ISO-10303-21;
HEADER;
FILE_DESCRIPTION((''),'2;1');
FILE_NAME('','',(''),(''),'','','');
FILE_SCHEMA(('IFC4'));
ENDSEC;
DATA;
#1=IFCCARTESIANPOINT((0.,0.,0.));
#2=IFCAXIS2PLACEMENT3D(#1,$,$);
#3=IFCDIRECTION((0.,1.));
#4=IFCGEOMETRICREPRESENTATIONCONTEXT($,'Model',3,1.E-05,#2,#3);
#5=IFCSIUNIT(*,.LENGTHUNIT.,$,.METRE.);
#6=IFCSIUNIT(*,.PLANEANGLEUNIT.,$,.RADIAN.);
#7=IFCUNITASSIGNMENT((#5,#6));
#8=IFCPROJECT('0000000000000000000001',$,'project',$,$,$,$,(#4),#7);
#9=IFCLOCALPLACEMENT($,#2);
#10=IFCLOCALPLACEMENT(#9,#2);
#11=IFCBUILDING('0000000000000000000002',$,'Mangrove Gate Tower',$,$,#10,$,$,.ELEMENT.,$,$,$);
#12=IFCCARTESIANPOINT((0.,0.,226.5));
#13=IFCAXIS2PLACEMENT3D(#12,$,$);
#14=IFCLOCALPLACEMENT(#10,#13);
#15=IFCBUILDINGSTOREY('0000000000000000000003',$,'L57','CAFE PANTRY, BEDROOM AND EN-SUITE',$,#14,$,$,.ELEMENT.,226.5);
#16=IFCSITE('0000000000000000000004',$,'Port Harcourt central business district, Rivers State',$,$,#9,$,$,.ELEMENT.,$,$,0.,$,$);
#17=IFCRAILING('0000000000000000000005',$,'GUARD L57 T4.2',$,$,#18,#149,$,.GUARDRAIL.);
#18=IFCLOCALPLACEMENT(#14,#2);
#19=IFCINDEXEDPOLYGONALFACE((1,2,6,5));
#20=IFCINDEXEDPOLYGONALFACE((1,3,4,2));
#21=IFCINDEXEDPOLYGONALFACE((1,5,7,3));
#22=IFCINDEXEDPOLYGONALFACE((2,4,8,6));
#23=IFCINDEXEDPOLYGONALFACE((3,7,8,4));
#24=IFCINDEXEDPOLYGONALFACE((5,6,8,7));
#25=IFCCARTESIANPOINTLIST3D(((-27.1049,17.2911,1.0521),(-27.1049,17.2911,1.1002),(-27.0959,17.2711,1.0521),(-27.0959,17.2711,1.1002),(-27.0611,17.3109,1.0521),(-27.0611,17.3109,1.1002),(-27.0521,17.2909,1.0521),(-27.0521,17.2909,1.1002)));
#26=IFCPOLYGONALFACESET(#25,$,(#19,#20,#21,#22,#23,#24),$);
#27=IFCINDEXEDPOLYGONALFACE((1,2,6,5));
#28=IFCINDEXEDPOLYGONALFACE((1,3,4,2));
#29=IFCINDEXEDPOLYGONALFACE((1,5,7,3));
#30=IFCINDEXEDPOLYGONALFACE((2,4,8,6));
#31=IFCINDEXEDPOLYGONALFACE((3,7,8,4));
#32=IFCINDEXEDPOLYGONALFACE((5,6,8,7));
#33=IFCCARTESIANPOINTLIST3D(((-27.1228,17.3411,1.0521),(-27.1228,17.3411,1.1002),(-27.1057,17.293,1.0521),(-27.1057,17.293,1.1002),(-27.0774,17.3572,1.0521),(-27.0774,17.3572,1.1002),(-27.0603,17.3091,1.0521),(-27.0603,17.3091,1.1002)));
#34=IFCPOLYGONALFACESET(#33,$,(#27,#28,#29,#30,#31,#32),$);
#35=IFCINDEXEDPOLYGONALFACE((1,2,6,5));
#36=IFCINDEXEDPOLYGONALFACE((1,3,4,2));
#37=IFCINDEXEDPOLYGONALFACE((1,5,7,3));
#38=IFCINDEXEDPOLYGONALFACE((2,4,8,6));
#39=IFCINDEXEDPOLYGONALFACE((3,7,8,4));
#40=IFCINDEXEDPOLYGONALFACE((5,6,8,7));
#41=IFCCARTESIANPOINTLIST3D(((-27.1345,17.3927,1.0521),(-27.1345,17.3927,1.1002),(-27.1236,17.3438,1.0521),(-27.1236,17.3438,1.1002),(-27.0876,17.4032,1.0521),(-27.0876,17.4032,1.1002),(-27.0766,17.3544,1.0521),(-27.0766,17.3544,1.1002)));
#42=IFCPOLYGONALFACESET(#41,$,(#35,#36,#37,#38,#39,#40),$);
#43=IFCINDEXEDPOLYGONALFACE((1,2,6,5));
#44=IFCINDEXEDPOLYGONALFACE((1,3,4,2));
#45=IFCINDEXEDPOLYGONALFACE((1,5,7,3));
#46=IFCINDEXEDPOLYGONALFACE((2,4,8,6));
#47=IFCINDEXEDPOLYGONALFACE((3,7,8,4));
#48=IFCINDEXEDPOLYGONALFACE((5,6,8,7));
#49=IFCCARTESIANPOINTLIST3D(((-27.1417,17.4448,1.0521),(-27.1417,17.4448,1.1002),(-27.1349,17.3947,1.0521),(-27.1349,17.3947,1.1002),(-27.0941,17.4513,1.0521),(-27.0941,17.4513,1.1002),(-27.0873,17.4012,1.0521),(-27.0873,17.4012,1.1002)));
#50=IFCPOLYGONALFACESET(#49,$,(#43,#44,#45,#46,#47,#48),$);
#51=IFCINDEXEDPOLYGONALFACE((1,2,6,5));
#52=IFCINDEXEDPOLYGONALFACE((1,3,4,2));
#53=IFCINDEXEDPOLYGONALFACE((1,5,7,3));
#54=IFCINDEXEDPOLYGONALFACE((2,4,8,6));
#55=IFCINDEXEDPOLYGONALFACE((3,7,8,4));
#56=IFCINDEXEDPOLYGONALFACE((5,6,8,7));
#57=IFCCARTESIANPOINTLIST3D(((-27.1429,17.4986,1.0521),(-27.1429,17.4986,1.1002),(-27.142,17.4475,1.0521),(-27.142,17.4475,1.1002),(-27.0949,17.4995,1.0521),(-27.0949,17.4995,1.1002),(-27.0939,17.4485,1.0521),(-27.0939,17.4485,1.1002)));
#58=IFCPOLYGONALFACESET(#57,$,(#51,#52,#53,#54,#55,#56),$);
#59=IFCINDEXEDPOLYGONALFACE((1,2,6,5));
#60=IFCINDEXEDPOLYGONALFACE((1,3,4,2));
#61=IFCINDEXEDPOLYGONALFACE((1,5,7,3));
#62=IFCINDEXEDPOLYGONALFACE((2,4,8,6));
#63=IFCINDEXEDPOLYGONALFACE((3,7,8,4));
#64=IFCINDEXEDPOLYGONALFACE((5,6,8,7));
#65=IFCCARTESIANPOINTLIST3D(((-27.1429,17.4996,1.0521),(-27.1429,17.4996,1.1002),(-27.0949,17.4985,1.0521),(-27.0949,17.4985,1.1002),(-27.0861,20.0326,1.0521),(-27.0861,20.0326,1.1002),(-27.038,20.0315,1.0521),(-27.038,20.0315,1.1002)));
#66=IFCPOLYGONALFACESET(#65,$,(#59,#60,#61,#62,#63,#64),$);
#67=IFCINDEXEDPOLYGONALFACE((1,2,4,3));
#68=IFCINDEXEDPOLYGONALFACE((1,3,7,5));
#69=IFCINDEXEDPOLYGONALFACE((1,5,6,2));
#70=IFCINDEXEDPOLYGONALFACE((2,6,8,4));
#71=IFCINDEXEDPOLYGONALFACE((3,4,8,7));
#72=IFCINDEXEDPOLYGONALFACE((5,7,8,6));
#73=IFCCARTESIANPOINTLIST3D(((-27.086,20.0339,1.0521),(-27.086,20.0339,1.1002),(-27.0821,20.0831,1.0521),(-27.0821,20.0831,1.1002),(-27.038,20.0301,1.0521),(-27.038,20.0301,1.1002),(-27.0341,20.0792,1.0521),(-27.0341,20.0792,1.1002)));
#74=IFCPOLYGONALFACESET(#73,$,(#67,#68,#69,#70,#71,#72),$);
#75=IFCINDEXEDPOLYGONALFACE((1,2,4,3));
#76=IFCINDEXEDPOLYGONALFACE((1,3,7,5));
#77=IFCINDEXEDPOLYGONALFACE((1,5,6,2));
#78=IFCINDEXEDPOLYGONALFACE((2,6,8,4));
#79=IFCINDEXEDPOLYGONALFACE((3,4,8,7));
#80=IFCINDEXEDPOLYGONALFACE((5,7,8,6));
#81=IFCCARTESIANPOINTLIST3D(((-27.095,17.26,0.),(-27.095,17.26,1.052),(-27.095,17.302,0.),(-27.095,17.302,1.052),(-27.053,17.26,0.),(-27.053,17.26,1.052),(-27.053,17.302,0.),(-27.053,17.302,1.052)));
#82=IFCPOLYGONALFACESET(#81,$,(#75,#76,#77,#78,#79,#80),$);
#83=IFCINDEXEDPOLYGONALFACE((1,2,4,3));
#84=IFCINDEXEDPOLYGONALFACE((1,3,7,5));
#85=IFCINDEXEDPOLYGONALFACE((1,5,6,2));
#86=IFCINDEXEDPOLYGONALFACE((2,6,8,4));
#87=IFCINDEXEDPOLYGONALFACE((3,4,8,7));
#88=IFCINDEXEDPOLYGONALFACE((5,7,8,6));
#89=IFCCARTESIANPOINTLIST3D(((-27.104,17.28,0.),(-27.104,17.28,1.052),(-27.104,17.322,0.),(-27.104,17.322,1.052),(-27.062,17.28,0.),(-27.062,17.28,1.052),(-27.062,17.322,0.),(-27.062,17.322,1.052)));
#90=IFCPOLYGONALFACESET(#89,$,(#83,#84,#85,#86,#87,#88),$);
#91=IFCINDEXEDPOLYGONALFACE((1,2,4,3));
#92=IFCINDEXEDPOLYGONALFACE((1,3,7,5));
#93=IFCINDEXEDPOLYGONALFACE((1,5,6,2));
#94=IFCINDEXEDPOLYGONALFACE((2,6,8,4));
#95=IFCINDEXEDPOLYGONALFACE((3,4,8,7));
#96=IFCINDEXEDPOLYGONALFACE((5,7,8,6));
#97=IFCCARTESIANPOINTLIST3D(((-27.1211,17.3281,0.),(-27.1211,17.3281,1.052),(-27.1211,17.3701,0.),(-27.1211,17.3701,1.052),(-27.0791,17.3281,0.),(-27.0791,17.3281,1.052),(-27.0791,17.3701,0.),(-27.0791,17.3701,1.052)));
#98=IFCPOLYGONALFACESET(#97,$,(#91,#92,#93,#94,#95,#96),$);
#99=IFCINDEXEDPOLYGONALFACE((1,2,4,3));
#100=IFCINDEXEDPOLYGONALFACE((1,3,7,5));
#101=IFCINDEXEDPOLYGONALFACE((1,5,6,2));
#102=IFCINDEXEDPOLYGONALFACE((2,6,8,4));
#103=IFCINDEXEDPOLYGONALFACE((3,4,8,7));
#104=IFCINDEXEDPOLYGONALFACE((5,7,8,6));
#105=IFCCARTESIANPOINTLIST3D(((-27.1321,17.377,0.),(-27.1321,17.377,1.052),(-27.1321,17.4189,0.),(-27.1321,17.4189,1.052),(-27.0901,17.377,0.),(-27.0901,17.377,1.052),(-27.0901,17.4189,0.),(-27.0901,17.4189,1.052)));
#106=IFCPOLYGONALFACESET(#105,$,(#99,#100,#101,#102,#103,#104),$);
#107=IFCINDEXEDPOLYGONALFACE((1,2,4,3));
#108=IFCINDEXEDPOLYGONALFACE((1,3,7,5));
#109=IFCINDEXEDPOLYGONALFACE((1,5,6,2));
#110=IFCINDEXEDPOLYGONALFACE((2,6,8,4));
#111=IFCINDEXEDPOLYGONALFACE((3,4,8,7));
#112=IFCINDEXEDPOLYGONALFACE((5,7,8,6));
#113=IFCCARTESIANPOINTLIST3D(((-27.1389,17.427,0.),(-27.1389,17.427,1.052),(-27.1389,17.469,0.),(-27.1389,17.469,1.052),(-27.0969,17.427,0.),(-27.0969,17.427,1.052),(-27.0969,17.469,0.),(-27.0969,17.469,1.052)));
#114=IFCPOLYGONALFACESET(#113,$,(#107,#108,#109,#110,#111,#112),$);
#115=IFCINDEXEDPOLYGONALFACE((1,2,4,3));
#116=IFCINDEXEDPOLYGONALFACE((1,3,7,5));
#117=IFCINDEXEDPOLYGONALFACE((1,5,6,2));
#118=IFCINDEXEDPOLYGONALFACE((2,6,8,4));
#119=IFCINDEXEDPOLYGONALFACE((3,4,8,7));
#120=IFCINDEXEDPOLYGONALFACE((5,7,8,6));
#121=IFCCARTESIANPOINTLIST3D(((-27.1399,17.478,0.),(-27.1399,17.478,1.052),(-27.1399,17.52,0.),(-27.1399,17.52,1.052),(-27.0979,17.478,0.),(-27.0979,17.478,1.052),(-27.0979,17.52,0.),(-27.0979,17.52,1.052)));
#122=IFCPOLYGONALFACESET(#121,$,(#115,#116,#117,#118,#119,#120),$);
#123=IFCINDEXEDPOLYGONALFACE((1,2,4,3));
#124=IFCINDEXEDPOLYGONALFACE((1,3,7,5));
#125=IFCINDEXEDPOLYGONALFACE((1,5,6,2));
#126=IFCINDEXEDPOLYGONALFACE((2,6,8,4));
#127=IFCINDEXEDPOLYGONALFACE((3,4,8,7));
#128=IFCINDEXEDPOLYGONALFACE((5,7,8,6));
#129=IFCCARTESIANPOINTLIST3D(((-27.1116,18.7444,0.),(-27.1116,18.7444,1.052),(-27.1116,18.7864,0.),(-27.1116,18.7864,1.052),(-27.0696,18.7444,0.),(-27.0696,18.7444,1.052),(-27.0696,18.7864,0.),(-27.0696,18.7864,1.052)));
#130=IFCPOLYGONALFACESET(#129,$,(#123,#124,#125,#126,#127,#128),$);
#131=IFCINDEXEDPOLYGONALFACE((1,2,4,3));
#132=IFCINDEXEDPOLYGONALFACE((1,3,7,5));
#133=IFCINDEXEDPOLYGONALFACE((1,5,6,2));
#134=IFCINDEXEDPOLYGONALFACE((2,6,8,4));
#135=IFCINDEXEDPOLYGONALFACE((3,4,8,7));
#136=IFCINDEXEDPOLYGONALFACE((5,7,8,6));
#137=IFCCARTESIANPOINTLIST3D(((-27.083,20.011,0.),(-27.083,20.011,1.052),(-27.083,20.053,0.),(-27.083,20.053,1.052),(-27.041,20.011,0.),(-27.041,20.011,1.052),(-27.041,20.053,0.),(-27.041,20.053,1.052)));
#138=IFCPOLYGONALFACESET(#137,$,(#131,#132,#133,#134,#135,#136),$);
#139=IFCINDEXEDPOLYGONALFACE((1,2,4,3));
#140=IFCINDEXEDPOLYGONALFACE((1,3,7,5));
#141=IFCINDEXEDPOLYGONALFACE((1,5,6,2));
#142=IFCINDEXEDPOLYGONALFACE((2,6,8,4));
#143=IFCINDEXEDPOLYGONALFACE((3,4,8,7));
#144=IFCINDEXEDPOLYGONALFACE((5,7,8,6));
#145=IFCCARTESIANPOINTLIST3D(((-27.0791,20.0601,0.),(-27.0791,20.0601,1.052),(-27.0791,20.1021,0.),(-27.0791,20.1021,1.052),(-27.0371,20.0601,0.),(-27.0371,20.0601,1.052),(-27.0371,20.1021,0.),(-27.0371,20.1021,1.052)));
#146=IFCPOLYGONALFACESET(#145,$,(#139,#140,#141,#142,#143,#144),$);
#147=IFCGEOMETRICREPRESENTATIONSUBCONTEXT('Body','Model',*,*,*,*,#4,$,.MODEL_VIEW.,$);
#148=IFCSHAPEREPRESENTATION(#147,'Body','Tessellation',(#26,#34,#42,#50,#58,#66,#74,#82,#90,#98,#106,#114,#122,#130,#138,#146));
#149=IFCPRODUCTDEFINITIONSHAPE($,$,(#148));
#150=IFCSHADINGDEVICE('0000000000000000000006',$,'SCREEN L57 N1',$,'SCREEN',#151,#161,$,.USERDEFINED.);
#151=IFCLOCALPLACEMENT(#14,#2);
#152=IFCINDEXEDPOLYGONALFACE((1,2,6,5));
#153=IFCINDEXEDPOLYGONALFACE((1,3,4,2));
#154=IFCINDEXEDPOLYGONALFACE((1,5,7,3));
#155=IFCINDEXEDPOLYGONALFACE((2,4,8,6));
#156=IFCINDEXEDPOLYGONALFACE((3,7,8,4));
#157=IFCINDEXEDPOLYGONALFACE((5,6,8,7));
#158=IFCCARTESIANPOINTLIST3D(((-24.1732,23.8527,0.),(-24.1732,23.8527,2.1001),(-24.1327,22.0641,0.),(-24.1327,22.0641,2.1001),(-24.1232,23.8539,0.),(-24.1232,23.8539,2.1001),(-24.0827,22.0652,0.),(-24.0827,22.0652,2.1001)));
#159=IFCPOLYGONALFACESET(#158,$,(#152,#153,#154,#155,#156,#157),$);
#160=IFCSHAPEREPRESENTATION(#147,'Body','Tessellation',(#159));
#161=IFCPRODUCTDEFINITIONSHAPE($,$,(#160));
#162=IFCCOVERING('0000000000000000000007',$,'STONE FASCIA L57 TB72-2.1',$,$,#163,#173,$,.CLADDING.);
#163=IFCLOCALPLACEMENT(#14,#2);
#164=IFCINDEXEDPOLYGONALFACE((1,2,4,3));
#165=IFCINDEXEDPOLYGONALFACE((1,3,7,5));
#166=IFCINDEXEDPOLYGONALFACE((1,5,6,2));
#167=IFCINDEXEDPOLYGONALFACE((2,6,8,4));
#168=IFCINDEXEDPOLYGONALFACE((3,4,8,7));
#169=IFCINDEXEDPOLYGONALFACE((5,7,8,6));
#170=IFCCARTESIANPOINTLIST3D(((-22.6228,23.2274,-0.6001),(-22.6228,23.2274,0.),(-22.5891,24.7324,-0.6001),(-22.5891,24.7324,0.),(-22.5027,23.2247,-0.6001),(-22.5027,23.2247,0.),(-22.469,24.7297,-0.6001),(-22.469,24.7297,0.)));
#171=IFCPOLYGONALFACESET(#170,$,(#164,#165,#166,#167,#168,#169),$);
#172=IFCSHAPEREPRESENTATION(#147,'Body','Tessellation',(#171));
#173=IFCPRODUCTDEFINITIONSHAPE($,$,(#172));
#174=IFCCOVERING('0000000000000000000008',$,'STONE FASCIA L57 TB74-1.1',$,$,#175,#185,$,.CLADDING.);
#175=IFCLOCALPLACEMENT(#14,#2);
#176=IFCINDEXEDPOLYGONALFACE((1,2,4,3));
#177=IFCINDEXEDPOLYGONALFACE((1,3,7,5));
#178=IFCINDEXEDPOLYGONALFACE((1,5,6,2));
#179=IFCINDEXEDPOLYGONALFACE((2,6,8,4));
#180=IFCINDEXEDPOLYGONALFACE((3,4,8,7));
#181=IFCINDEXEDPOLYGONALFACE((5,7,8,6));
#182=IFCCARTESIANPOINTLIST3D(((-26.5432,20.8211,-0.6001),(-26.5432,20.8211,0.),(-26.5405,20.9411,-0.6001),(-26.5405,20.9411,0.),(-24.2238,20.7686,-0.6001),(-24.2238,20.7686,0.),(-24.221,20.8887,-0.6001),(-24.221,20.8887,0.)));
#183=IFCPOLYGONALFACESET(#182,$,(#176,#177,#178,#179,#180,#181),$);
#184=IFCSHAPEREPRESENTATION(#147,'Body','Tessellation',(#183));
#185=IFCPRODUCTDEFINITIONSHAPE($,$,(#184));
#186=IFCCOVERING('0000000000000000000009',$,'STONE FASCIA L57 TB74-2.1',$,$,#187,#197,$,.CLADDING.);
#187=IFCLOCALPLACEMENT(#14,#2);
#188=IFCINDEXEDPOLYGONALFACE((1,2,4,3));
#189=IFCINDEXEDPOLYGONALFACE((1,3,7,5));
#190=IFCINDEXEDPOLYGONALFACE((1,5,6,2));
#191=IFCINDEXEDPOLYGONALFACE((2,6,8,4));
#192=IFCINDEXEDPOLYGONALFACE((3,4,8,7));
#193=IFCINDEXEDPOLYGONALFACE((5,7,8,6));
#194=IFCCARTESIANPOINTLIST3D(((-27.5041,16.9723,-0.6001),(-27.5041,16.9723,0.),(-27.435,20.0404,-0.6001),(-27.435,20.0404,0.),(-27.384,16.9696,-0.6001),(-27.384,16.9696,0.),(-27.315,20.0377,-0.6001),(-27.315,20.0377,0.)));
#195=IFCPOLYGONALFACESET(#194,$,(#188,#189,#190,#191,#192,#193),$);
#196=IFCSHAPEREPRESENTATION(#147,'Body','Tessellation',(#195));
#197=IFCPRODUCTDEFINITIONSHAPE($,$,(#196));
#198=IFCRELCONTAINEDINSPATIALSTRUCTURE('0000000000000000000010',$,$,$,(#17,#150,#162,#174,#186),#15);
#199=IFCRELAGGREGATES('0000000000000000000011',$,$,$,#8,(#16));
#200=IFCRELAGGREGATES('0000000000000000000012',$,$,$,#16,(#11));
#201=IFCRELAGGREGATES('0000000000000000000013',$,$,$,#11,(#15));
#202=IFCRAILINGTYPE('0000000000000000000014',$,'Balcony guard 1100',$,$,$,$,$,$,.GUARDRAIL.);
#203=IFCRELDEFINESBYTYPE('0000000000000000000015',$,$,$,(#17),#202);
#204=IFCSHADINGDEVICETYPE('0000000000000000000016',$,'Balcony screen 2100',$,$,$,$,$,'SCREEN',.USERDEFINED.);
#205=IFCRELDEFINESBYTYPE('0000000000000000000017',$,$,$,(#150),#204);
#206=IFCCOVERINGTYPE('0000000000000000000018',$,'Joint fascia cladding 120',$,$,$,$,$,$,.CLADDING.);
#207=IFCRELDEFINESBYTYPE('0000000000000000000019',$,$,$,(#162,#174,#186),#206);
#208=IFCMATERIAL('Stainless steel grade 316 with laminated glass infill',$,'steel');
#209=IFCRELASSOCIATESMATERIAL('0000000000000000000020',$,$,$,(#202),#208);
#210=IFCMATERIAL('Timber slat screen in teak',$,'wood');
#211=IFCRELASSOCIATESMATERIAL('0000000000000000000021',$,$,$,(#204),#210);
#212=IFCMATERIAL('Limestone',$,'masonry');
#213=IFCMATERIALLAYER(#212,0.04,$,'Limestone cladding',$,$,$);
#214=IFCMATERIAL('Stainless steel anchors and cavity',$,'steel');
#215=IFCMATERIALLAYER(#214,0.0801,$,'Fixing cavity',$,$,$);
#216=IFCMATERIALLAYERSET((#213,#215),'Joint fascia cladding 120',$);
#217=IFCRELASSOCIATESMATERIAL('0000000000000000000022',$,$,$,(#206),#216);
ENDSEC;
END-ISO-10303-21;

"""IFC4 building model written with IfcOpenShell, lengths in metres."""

from ifc_helpers import new_model, si_unit, direction, frame, frame_2d, origin, origin_2d, place, context, subcontext, project, spatial, rectangle, extrude, material, layer, layer_set, type_object, element, save


model = new_model("IFC4")

# Units and contexts
model_context = context("Model", 3, precision=1e-05, world=origin(), true_north=direction((0.0, 1.0)))
body_context = subcontext(model_context, "Body", "Model", "MODEL_VIEW")
ifc_project = project(units=[si_unit("LENGTHUNIT", "METRE"), si_unit("PLANEANGLEUNIT", "RADIAN")], contexts=[model_context])

# Site, building, storey
site_placement = place(None, origin())
site = spatial("IfcSite", under=ifc_project, at=site_placement, Name="Port Harcourt central business district, Rivers State", CompositionType="ELEMENT", RefElevation=0.0)
building_placement = place(site_placement, origin())
building = spatial("IfcBuilding", under=site, at=building_placement, Name="Mangrove Gate Tower", CompositionType="ELEMENT")
storey_placement = place(building_placement, frame((0.0, 0.0, 226.5)))
storey = spatial("IfcBuildingStorey", under=building, at=storey_placement, Name="L57", Description="CAFE PANTRY, BEDROOM AND EN-SUITE", CompositionType="ELEMENT", Elevation=226.5)

# Shared definitions
ifc_material_1 = material(Name="Limestone", Category="masonry")

# Railing
ifc_material_2 = material(Name="Stainless steel grade 316 with laminated glass infill", Category="steel")
railing_type = type_object("IfcRailingType", Name="Balcony guard 1100", PredefinedType="GUARDRAIL", material=ifc_material_2)
railing_1_placement = place(storey_placement, frame((-27.074, 17.281, 0.0)))
element("IfcRailing", 1, at=railing_1_placement, inside=storey, type_object=railing_type, Name="GUARD L57 T4.2", PredefinedType="GUARDRAIL", context=body_context, shape_type="SweptSolid", body=[
    extrude(rectangle(XDim=0.0481, YDim=0.0481, at=origin_2d()), frame((0.0, 0.0, 1.0762), z_axis=(-0.411289, 0.911505, 0.0), x_axis=(-0.911505, -0.411289, 0.0)), (0.0, 0.0, 1.0), 0.022),
    extrude(rectangle(XDim=0.0481, YDim=0.0481, at=origin_2d()), frame((-0.009, 0.02, 1.0762), z_axis=(-0.334821, 0.942282, 0.0), x_axis=(-0.942282, -0.334821, 0.0)), (0.0, 0.0, 1.0), 0.051),
    extrude(rectangle(XDim=0.0481, YDim=0.0481, at=origin_2d()), frame((-0.0261, 0.0681, 1.0762), z_axis=(-0.219512, 0.97561, 0.0), x_axis=(-0.97561, -0.219512, 0.0)), (0.0, 0.0, 1.0), 0.05),
    extrude(rectangle(XDim=0.0481, YDim=0.0481, at=origin_2d()), frame((-0.0371, 0.1169, 1.0762), z_axis=(-0.135329, 0.990801, 0.0), x_axis=(-0.990801, -0.135329, 0.0)), (0.0, 0.0, 1.0), 0.0505),
    extrude(rectangle(XDim=0.0481, YDim=0.0481, at=origin_2d()), frame((-0.0439, 0.167, 1.0762), z_axis=(-0.019135, 0.999817, 0.0), x_axis=(-0.999817, -0.019135, 0.0)), (0.0, 0.0, 1.0), 0.051),
    extrude(rectangle(XDim=0.0481, YDim=0.0481, at=origin_2d()), frame((-0.0449, 0.218, 1.0762), z_axis=(0.022452, 0.999748, 0.0), x_axis=(-0.999748, 0.022452, 0.0)), (0.0, 0.0, 1.0), 2.5337),
    extrude(rectangle(XDim=0.0481, YDim=0.0481, at=origin_2d()), frame((0.012, 2.751, 1.0762), z_axis=(0.079351, 0.996847, 0.0), x_axis=(-0.996847, 0.079351, 0.0)), (0.0, 0.0, 1.0), 0.0493),
    extrude(rectangle(XDim=0.042, YDim=0.042, at=origin_2d()), origin(), (0.0, 0.0, 1.0), 1.052),
    extrude(rectangle(XDim=0.042, YDim=0.042, at=origin_2d()), frame((-0.009, 0.02, 0.0)), (0.0, 0.0, 1.0), 1.052),
    extrude(rectangle(XDim=0.042, YDim=0.042, at=origin_2d()), frame((-0.0261, 0.0681, 0.0)), (0.0, 0.0, 1.0), 1.052),
    extrude(rectangle(XDim=0.042, YDim=0.042, at=origin_2d()), frame((-0.0371, 0.1169, 0.0)), (0.0, 0.0, 1.0), 1.052),
    extrude(rectangle(XDim=0.042, YDim=0.042, at=origin_2d()), frame((-0.0439, 0.167, 0.0)), (0.0, 0.0, 1.0), 1.052),
    extrude(rectangle(XDim=0.042, YDim=0.042, at=origin_2d()), frame((-0.0449, 0.218, 0.0)), (0.0, 0.0, 1.0), 1.052),
    extrude(rectangle(XDim=0.042, YDim=0.042, at=origin_2d()), frame((-0.0166, 1.4844, 0.0)), (0.0, 0.0, 1.0), 1.052),
    extrude(rectangle(XDim=0.042, YDim=0.042, at=origin_2d()), frame((0.012, 2.751, 0.0)), (0.0, 0.0, 1.0), 1.052),
    extrude(rectangle(XDim=0.042, YDim=0.042, at=origin_2d()), frame((0.0159, 2.8, 0.0)), (0.0, 0.0, 1.0), 1.052),
])

# Shading device
ifc_material_3 = material(Name="Timber slat screen in teak", Category="wood")
shading_device_type = type_object("IfcShadingDeviceType", Name="Balcony screen 2100", ElementType="SCREEN", PredefinedType="USERDEFINED", material=ifc_material_3)
shading_device_placement = place(storey_placement, frame((-24.1279, 22.959, 0.0), z_axis=(0.0, 0.0, 1.0), x_axis=(-0.022635, 0.999744, 0.0)))
element("IfcShadingDevice", 2, at=shading_device_placement, inside=storey, type_object=shading_device_type, Name="SCREEN L57 N1", ObjectType="SCREEN", PredefinedType="USERDEFINED", context=body_context, shape_type="SweptSolid", body=[
    extrude(rectangle(XDim=1.7891, YDim=0.05, at=origin_2d()), origin(), (0.0, 0.0, 1.0), 2.1001),
])

# Coverings
ifc_layer_1 = layer(ifc_material_1, 0.04, Name="Limestone cladding")
ifc_material_4 = material(Name="Stainless steel anchors and cavity", Category="steel")
ifc_layer_2 = layer(ifc_material_4, 0.0801, Name="Fixing cavity")
ifc_layer_set_1 = layer_set([ifc_layer_1, ifc_layer_2], Name="Joint fascia cladding 120")
covering_type = type_object("IfcCoveringType", Name="Joint fascia cladding 120", PredefinedType="CLADDING", material=ifc_layer_set_1)
covering_1_placement = place(storey_placement, frame((-22.5627, 23.2261, -0.6001), z_axis=(0.0, 0.0, 1.0), x_axis=(0.022382, 0.999749, 0.0)))
element("IfcCovering", 3, at=covering_1_placement, inside=storey, type_object=covering_type, Name="STONE FASCIA L57 TB72-2.1", PredefinedType="CLADDING", context=body_context, shape_type="SweptSolid", body=[
    extrude(rectangle(XDim=1.5054, YDim=0.1201, at=frame_2d((0.7527, 0.0))), origin(), (0.0, 0.0, 1.0), 0.6001),
])
covering_2_placement = place(storey_placement, frame((-26.542, 20.8811, -0.6001), z_axis=(0.0, 0.0, 1.0), x_axis=(0.999744, -0.022623, 0.0)))
element("IfcCovering", 4, at=covering_2_placement, inside=storey, type_object=covering_type, Name="STONE FASCIA L57 TB74-1.1", PredefinedType="CLADDING", context=body_context, shape_type="SweptSolid", body=[
    extrude(rectangle(XDim=2.3201, YDim=0.1201, at=frame_2d((1.1602, 0.0))), origin(), (0.0, 0.0, 1.0), 0.6001),
])
covering_3_placement = place(storey_placement, frame((-27.4441, 16.9709, -0.6001), z_axis=(0.0, 0.0, 1.0), x_axis=(0.022514, 0.999747, 0.0)))
element("IfcCovering", 5, at=covering_3_placement, inside=storey, type_object=covering_type, Name="STONE FASCIA L57 TB74-2.1", PredefinedType="CLADDING", context=body_context, shape_type="SweptSolid", body=[
    extrude(rectangle(XDim=3.0688, YDim=0.1201, at=frame_2d((1.5344, 0.0))), origin(), (0.0, 0.0, 1.0), 0.6001),
])

save(model, "model.ifc")
